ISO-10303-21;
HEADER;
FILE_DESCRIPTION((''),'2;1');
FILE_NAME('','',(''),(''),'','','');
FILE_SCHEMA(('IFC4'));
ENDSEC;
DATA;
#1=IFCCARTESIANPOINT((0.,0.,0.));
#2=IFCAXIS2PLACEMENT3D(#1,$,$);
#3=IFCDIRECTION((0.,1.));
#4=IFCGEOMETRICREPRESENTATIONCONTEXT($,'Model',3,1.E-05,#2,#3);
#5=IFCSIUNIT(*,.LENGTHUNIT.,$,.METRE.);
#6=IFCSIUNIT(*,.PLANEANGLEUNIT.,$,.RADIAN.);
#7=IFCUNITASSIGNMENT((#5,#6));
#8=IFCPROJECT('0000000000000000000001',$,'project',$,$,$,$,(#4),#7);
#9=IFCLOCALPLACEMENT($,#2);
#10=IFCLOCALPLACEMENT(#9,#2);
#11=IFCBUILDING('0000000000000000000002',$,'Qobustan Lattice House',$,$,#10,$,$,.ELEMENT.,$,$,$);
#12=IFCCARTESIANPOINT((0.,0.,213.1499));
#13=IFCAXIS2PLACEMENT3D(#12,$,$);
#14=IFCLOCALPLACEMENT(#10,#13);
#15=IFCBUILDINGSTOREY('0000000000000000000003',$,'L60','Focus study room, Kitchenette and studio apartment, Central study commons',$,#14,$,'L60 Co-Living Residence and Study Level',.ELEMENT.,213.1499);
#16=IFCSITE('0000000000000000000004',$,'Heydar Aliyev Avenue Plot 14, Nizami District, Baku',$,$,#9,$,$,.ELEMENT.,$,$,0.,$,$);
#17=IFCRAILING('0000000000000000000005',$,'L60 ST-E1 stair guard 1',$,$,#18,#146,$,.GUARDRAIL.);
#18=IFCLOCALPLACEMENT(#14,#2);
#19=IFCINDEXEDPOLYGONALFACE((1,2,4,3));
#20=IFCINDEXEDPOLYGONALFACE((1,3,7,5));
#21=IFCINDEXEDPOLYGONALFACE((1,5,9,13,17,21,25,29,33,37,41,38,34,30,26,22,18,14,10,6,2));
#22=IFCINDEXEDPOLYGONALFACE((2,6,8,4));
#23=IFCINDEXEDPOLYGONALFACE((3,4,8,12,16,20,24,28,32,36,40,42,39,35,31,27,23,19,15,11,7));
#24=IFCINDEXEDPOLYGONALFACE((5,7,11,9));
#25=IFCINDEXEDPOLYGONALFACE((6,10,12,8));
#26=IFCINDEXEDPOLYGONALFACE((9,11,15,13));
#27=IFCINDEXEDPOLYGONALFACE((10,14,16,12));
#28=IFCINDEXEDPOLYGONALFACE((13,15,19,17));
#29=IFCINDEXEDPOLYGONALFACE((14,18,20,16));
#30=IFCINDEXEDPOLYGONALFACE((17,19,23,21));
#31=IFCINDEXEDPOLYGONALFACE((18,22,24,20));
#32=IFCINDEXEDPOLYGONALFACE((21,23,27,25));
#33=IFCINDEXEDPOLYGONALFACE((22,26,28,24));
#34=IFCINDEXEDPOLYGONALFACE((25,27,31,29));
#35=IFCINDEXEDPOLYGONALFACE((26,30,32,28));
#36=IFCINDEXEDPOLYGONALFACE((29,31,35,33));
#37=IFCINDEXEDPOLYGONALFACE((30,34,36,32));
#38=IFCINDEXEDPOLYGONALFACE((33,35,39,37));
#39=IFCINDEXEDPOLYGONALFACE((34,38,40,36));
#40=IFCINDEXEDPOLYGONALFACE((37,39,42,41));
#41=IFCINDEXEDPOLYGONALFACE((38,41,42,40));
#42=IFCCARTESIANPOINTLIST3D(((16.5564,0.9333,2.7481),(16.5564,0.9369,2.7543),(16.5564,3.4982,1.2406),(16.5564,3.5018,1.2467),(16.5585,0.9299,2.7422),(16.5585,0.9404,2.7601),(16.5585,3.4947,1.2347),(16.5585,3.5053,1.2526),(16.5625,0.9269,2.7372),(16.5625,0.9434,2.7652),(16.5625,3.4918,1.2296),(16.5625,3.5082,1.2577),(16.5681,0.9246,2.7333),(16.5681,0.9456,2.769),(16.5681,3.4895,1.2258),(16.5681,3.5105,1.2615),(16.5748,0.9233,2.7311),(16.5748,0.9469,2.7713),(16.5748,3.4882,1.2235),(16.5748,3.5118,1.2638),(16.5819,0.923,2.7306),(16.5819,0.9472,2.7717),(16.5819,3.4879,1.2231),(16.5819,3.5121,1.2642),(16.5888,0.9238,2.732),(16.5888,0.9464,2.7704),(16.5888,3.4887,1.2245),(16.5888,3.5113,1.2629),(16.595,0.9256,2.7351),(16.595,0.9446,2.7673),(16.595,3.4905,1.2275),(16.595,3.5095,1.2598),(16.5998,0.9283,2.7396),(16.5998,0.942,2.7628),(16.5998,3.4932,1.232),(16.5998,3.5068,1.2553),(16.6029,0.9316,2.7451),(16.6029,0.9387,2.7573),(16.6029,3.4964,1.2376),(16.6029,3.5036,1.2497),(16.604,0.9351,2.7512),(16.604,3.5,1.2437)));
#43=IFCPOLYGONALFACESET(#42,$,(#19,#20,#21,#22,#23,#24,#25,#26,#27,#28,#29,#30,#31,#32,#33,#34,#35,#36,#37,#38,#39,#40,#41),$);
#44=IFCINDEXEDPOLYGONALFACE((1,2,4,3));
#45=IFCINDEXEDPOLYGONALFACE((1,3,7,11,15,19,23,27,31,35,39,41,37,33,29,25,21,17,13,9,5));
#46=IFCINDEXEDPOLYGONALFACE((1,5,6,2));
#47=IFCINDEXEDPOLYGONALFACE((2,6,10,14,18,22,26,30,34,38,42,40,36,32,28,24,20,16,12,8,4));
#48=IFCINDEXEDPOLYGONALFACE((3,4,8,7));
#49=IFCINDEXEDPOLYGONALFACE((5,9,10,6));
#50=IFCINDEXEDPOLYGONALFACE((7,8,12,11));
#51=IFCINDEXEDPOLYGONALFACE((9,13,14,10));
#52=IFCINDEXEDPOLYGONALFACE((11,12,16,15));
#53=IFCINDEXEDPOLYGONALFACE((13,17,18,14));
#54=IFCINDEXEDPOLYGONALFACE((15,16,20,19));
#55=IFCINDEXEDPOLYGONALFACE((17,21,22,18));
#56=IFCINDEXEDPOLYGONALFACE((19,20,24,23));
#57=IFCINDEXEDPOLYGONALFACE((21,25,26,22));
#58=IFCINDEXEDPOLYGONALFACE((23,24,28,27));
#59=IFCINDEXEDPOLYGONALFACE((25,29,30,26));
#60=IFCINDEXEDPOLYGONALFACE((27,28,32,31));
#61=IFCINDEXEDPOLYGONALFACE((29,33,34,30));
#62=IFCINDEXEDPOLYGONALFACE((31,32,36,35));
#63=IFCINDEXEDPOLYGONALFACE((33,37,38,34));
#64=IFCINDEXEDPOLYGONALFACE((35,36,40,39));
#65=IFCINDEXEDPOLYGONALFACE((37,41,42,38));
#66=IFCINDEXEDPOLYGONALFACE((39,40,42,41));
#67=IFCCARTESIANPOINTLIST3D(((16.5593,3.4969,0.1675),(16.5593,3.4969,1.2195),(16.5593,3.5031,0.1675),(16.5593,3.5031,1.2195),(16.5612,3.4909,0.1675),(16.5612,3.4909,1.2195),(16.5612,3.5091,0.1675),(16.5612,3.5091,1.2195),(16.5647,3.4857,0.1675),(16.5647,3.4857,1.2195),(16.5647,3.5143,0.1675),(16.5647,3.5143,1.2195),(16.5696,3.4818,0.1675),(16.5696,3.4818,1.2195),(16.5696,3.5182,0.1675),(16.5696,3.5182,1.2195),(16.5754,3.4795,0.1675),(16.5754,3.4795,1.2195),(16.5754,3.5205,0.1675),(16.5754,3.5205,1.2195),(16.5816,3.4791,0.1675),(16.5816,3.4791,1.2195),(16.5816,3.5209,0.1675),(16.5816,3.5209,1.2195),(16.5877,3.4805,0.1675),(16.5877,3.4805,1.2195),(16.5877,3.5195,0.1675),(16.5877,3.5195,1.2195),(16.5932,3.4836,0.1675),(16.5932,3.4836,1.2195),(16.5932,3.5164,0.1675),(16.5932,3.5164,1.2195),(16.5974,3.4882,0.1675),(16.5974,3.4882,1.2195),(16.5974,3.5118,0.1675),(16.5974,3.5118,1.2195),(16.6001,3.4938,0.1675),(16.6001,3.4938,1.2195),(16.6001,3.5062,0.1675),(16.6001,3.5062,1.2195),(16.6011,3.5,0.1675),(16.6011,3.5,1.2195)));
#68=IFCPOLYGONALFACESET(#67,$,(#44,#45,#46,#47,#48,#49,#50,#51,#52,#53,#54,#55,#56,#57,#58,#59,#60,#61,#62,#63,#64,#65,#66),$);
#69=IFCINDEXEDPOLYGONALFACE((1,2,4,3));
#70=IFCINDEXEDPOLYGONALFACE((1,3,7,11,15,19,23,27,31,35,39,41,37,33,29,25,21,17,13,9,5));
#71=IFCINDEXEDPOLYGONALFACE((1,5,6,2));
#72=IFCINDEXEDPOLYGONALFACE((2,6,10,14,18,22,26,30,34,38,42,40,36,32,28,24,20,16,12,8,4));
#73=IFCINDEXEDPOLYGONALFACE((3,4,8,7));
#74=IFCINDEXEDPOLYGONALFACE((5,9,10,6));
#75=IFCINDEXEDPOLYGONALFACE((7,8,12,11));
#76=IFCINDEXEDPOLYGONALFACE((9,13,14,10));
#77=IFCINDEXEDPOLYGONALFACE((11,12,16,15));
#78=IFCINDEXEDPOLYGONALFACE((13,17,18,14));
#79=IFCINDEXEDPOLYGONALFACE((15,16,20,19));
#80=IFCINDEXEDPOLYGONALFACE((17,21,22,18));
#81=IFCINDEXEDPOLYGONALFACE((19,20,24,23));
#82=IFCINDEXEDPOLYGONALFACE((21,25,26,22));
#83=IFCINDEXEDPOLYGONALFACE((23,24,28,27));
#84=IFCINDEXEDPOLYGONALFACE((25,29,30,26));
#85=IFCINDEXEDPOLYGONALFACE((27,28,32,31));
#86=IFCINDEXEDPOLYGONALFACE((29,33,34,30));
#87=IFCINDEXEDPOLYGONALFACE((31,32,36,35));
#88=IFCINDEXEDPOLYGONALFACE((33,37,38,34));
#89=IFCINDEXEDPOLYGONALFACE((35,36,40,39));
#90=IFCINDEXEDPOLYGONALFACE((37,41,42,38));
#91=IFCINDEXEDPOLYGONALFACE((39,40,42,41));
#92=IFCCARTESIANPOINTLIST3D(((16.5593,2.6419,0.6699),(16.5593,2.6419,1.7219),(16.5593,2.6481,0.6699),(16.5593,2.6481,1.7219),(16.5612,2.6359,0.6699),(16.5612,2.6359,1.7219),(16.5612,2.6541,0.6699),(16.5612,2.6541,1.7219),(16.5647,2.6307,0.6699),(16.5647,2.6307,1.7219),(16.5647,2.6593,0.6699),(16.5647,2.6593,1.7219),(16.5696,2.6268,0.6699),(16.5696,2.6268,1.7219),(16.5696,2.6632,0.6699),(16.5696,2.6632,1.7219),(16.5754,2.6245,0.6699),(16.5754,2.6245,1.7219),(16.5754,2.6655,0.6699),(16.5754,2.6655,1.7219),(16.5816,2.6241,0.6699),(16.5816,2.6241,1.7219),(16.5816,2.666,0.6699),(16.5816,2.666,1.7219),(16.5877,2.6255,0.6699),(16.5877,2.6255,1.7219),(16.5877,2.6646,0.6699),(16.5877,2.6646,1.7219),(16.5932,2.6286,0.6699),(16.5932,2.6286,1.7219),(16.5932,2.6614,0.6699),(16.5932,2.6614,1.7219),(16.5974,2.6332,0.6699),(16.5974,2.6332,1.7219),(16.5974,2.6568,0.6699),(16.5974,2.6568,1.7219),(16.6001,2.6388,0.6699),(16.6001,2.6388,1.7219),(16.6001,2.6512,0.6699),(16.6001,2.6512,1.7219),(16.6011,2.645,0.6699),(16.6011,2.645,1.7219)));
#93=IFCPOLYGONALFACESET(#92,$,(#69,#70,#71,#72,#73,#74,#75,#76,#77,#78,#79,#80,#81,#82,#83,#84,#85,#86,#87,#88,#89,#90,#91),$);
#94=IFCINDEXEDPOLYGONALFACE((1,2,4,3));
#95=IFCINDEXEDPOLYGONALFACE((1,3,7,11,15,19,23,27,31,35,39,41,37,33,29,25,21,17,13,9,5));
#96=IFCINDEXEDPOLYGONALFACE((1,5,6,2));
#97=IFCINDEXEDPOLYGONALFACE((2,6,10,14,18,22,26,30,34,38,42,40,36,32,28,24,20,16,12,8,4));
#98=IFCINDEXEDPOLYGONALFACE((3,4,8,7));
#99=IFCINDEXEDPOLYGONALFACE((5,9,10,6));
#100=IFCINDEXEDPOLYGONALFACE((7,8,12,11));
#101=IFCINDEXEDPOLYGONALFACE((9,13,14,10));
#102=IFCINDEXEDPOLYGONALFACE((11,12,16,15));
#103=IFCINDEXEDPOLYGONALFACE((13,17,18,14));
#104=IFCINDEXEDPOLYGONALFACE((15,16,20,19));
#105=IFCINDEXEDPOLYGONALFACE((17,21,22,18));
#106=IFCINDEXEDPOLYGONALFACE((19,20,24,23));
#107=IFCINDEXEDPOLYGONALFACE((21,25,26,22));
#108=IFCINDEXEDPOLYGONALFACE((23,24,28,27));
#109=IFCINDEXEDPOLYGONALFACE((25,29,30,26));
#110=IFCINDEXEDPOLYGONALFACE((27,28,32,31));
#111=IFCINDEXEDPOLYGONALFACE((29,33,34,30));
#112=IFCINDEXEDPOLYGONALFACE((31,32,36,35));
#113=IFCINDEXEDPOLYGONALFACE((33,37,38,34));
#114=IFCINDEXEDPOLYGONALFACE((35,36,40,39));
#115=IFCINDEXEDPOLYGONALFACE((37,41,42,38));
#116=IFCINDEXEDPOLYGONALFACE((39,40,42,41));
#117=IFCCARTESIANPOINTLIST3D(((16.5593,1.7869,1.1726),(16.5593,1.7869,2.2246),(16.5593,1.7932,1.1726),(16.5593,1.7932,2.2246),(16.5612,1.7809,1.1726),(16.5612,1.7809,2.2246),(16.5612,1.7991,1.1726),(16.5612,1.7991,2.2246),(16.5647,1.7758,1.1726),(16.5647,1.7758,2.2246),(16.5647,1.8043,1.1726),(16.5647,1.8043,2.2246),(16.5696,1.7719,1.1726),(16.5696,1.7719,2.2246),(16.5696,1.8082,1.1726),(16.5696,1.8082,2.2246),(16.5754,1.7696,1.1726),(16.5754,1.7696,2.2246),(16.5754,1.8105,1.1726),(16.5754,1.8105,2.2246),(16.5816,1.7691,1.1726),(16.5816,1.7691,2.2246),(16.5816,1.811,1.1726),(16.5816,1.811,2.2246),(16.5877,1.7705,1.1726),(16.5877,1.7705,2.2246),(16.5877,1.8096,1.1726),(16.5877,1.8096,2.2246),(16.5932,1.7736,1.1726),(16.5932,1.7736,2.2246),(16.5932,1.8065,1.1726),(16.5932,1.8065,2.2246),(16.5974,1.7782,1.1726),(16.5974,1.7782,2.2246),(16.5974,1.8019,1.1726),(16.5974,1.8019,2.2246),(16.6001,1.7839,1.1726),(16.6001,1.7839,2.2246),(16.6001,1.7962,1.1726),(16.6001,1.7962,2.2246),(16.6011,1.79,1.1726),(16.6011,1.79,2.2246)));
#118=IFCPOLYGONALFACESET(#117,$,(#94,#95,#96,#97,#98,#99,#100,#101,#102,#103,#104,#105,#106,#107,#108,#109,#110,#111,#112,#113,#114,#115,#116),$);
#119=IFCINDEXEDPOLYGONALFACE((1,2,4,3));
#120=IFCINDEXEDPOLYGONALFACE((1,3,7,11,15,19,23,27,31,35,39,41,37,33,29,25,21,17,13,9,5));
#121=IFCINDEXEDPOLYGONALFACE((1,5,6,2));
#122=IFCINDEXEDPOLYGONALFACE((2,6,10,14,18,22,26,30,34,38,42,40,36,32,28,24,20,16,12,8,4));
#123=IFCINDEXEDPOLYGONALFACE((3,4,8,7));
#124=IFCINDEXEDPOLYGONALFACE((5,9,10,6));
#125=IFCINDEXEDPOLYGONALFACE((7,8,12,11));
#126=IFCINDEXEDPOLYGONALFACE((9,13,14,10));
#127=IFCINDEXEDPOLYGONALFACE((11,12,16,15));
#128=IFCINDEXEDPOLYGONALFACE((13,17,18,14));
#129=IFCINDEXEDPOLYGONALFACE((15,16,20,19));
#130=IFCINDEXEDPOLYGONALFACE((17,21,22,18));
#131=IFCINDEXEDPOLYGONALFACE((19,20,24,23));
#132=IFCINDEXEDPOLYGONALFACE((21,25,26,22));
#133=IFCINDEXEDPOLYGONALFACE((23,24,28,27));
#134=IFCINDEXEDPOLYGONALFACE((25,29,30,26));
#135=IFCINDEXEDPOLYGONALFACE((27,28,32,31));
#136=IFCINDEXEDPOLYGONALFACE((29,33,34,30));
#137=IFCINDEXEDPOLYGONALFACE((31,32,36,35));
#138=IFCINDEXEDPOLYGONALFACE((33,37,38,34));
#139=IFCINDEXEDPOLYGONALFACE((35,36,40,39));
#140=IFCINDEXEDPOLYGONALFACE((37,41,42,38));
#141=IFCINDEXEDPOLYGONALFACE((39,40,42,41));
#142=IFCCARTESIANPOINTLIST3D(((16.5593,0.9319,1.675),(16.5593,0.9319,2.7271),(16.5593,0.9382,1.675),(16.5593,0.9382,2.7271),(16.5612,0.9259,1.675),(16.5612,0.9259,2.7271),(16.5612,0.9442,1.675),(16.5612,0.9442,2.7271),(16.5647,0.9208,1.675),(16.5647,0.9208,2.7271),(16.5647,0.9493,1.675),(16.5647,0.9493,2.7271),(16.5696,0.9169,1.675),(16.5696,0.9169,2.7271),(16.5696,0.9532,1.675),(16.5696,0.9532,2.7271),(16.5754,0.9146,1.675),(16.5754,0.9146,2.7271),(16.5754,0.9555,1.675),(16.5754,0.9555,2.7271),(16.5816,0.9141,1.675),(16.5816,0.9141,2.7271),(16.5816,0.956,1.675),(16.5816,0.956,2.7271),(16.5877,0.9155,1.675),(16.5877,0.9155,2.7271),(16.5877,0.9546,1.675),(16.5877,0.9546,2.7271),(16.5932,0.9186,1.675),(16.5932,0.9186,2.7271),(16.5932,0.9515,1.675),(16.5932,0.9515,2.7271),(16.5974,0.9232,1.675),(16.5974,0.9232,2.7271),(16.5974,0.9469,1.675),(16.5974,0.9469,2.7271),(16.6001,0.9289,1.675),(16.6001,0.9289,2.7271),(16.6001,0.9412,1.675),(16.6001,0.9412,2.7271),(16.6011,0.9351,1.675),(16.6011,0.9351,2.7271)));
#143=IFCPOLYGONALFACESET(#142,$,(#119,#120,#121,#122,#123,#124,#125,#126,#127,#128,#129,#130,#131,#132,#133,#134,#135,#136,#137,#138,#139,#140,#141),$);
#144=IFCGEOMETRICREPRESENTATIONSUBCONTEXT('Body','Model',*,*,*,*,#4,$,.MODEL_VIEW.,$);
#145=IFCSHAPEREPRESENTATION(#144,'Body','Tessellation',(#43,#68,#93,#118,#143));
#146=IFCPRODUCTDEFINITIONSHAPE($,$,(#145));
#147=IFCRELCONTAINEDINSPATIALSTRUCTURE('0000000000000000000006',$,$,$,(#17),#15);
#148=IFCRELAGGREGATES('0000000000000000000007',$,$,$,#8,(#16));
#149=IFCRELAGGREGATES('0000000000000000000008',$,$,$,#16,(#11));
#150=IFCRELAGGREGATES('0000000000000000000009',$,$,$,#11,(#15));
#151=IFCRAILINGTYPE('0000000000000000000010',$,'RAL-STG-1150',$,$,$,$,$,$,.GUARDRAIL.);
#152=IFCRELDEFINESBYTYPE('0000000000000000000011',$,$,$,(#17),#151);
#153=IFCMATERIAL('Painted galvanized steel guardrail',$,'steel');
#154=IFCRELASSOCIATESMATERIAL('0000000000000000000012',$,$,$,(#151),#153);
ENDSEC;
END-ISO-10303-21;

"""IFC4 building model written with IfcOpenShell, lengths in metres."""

from ifc_helpers import new_model, si_unit, direction, frame, origin, origin_2d, place, context, subcontext, project, spatial, circle, extrude, material, type_object, element, save


model = new_model("IFC4")

# Units and contexts
model_context = context("Model", 3, precision=1e-05, world=origin(), true_north=direction((0.0, 1.0)))
body_context = subcontext(model_context, "Body", "Model", "MODEL_VIEW")
ifc_project = project(units=[si_unit("LENGTHUNIT", "METRE"), si_unit("PLANEANGLEUNIT", "RADIAN")], contexts=[model_context])

# Site, building, storey
site_placement = place(None, origin())
site = spatial("IfcSite", under=ifc_project, at=site_placement, Name="Heydar Aliyev Avenue Plot 14, Nizami District, Baku", CompositionType="ELEMENT", RefElevation=0.0)
building_placement = place(site_placement, origin())
building = spatial("IfcBuilding", under=site, at=building_placement, Name="Qobustan Lattice House", CompositionType="ELEMENT")
storey_placement = place(building_placement, frame((0.0, 0.0, 213.1499)))
storey = spatial("IfcBuildingStorey", under=building, at=storey_placement, Name="L60", Description="Focus study room, Kitchenette and studio apartment, Central study commons", LongName="L60 Co-Living Residence and Study Level", CompositionType="ELEMENT", Elevation=213.1499)

# Railing
ifc_material_1 = material(Name="Painted galvanized steel guardrail", Category="steel")
railing_type_1 = type_object("IfcRailingType", Name="RAL-STG-1150", PredefinedType="GUARDRAIL", material=ifc_material_1)
railing_1_placement = place(storey_placement, frame((16.5801, 3.5, 0.1675)))
element("IfcRailing", 1, at=railing_1_placement, inside=storey, type_object=railing_type_1, Name="L60 ST-E1 stair guard 1", PredefinedType="GUARDRAIL", context=body_context, shape_type="SweptSolid", body=[
    extrude(circle(Radius=0.0239, at=origin_2d()), frame((0.0, 0.0, 1.0762), z_axis=(0.0, -0.862113, 0.506715), x_axis=(1.0, 0.0, 0.0)), (0.0, 0.0, 1.0), 2.9751),
    extrude(circle(Radius=0.021, at=origin_2d()), origin(), (0.0, 0.0, 1.0), 1.052),
    extrude(circle(Radius=0.021, at=origin_2d()), frame((0.0, -0.855, 0.5024)), (0.0, 0.0, 1.0), 1.052),
    extrude(circle(Radius=0.021, at=origin_2d()), frame((0.0, -1.71, 1.0051)), (0.0, 0.0, 1.0), 1.052),
    extrude(circle(Radius=0.021, at=origin_2d()), frame((0.0, -2.5649, 1.5076)), (0.0, 0.0, 1.0), 1.052),
])

save(model, "model.ifc")
